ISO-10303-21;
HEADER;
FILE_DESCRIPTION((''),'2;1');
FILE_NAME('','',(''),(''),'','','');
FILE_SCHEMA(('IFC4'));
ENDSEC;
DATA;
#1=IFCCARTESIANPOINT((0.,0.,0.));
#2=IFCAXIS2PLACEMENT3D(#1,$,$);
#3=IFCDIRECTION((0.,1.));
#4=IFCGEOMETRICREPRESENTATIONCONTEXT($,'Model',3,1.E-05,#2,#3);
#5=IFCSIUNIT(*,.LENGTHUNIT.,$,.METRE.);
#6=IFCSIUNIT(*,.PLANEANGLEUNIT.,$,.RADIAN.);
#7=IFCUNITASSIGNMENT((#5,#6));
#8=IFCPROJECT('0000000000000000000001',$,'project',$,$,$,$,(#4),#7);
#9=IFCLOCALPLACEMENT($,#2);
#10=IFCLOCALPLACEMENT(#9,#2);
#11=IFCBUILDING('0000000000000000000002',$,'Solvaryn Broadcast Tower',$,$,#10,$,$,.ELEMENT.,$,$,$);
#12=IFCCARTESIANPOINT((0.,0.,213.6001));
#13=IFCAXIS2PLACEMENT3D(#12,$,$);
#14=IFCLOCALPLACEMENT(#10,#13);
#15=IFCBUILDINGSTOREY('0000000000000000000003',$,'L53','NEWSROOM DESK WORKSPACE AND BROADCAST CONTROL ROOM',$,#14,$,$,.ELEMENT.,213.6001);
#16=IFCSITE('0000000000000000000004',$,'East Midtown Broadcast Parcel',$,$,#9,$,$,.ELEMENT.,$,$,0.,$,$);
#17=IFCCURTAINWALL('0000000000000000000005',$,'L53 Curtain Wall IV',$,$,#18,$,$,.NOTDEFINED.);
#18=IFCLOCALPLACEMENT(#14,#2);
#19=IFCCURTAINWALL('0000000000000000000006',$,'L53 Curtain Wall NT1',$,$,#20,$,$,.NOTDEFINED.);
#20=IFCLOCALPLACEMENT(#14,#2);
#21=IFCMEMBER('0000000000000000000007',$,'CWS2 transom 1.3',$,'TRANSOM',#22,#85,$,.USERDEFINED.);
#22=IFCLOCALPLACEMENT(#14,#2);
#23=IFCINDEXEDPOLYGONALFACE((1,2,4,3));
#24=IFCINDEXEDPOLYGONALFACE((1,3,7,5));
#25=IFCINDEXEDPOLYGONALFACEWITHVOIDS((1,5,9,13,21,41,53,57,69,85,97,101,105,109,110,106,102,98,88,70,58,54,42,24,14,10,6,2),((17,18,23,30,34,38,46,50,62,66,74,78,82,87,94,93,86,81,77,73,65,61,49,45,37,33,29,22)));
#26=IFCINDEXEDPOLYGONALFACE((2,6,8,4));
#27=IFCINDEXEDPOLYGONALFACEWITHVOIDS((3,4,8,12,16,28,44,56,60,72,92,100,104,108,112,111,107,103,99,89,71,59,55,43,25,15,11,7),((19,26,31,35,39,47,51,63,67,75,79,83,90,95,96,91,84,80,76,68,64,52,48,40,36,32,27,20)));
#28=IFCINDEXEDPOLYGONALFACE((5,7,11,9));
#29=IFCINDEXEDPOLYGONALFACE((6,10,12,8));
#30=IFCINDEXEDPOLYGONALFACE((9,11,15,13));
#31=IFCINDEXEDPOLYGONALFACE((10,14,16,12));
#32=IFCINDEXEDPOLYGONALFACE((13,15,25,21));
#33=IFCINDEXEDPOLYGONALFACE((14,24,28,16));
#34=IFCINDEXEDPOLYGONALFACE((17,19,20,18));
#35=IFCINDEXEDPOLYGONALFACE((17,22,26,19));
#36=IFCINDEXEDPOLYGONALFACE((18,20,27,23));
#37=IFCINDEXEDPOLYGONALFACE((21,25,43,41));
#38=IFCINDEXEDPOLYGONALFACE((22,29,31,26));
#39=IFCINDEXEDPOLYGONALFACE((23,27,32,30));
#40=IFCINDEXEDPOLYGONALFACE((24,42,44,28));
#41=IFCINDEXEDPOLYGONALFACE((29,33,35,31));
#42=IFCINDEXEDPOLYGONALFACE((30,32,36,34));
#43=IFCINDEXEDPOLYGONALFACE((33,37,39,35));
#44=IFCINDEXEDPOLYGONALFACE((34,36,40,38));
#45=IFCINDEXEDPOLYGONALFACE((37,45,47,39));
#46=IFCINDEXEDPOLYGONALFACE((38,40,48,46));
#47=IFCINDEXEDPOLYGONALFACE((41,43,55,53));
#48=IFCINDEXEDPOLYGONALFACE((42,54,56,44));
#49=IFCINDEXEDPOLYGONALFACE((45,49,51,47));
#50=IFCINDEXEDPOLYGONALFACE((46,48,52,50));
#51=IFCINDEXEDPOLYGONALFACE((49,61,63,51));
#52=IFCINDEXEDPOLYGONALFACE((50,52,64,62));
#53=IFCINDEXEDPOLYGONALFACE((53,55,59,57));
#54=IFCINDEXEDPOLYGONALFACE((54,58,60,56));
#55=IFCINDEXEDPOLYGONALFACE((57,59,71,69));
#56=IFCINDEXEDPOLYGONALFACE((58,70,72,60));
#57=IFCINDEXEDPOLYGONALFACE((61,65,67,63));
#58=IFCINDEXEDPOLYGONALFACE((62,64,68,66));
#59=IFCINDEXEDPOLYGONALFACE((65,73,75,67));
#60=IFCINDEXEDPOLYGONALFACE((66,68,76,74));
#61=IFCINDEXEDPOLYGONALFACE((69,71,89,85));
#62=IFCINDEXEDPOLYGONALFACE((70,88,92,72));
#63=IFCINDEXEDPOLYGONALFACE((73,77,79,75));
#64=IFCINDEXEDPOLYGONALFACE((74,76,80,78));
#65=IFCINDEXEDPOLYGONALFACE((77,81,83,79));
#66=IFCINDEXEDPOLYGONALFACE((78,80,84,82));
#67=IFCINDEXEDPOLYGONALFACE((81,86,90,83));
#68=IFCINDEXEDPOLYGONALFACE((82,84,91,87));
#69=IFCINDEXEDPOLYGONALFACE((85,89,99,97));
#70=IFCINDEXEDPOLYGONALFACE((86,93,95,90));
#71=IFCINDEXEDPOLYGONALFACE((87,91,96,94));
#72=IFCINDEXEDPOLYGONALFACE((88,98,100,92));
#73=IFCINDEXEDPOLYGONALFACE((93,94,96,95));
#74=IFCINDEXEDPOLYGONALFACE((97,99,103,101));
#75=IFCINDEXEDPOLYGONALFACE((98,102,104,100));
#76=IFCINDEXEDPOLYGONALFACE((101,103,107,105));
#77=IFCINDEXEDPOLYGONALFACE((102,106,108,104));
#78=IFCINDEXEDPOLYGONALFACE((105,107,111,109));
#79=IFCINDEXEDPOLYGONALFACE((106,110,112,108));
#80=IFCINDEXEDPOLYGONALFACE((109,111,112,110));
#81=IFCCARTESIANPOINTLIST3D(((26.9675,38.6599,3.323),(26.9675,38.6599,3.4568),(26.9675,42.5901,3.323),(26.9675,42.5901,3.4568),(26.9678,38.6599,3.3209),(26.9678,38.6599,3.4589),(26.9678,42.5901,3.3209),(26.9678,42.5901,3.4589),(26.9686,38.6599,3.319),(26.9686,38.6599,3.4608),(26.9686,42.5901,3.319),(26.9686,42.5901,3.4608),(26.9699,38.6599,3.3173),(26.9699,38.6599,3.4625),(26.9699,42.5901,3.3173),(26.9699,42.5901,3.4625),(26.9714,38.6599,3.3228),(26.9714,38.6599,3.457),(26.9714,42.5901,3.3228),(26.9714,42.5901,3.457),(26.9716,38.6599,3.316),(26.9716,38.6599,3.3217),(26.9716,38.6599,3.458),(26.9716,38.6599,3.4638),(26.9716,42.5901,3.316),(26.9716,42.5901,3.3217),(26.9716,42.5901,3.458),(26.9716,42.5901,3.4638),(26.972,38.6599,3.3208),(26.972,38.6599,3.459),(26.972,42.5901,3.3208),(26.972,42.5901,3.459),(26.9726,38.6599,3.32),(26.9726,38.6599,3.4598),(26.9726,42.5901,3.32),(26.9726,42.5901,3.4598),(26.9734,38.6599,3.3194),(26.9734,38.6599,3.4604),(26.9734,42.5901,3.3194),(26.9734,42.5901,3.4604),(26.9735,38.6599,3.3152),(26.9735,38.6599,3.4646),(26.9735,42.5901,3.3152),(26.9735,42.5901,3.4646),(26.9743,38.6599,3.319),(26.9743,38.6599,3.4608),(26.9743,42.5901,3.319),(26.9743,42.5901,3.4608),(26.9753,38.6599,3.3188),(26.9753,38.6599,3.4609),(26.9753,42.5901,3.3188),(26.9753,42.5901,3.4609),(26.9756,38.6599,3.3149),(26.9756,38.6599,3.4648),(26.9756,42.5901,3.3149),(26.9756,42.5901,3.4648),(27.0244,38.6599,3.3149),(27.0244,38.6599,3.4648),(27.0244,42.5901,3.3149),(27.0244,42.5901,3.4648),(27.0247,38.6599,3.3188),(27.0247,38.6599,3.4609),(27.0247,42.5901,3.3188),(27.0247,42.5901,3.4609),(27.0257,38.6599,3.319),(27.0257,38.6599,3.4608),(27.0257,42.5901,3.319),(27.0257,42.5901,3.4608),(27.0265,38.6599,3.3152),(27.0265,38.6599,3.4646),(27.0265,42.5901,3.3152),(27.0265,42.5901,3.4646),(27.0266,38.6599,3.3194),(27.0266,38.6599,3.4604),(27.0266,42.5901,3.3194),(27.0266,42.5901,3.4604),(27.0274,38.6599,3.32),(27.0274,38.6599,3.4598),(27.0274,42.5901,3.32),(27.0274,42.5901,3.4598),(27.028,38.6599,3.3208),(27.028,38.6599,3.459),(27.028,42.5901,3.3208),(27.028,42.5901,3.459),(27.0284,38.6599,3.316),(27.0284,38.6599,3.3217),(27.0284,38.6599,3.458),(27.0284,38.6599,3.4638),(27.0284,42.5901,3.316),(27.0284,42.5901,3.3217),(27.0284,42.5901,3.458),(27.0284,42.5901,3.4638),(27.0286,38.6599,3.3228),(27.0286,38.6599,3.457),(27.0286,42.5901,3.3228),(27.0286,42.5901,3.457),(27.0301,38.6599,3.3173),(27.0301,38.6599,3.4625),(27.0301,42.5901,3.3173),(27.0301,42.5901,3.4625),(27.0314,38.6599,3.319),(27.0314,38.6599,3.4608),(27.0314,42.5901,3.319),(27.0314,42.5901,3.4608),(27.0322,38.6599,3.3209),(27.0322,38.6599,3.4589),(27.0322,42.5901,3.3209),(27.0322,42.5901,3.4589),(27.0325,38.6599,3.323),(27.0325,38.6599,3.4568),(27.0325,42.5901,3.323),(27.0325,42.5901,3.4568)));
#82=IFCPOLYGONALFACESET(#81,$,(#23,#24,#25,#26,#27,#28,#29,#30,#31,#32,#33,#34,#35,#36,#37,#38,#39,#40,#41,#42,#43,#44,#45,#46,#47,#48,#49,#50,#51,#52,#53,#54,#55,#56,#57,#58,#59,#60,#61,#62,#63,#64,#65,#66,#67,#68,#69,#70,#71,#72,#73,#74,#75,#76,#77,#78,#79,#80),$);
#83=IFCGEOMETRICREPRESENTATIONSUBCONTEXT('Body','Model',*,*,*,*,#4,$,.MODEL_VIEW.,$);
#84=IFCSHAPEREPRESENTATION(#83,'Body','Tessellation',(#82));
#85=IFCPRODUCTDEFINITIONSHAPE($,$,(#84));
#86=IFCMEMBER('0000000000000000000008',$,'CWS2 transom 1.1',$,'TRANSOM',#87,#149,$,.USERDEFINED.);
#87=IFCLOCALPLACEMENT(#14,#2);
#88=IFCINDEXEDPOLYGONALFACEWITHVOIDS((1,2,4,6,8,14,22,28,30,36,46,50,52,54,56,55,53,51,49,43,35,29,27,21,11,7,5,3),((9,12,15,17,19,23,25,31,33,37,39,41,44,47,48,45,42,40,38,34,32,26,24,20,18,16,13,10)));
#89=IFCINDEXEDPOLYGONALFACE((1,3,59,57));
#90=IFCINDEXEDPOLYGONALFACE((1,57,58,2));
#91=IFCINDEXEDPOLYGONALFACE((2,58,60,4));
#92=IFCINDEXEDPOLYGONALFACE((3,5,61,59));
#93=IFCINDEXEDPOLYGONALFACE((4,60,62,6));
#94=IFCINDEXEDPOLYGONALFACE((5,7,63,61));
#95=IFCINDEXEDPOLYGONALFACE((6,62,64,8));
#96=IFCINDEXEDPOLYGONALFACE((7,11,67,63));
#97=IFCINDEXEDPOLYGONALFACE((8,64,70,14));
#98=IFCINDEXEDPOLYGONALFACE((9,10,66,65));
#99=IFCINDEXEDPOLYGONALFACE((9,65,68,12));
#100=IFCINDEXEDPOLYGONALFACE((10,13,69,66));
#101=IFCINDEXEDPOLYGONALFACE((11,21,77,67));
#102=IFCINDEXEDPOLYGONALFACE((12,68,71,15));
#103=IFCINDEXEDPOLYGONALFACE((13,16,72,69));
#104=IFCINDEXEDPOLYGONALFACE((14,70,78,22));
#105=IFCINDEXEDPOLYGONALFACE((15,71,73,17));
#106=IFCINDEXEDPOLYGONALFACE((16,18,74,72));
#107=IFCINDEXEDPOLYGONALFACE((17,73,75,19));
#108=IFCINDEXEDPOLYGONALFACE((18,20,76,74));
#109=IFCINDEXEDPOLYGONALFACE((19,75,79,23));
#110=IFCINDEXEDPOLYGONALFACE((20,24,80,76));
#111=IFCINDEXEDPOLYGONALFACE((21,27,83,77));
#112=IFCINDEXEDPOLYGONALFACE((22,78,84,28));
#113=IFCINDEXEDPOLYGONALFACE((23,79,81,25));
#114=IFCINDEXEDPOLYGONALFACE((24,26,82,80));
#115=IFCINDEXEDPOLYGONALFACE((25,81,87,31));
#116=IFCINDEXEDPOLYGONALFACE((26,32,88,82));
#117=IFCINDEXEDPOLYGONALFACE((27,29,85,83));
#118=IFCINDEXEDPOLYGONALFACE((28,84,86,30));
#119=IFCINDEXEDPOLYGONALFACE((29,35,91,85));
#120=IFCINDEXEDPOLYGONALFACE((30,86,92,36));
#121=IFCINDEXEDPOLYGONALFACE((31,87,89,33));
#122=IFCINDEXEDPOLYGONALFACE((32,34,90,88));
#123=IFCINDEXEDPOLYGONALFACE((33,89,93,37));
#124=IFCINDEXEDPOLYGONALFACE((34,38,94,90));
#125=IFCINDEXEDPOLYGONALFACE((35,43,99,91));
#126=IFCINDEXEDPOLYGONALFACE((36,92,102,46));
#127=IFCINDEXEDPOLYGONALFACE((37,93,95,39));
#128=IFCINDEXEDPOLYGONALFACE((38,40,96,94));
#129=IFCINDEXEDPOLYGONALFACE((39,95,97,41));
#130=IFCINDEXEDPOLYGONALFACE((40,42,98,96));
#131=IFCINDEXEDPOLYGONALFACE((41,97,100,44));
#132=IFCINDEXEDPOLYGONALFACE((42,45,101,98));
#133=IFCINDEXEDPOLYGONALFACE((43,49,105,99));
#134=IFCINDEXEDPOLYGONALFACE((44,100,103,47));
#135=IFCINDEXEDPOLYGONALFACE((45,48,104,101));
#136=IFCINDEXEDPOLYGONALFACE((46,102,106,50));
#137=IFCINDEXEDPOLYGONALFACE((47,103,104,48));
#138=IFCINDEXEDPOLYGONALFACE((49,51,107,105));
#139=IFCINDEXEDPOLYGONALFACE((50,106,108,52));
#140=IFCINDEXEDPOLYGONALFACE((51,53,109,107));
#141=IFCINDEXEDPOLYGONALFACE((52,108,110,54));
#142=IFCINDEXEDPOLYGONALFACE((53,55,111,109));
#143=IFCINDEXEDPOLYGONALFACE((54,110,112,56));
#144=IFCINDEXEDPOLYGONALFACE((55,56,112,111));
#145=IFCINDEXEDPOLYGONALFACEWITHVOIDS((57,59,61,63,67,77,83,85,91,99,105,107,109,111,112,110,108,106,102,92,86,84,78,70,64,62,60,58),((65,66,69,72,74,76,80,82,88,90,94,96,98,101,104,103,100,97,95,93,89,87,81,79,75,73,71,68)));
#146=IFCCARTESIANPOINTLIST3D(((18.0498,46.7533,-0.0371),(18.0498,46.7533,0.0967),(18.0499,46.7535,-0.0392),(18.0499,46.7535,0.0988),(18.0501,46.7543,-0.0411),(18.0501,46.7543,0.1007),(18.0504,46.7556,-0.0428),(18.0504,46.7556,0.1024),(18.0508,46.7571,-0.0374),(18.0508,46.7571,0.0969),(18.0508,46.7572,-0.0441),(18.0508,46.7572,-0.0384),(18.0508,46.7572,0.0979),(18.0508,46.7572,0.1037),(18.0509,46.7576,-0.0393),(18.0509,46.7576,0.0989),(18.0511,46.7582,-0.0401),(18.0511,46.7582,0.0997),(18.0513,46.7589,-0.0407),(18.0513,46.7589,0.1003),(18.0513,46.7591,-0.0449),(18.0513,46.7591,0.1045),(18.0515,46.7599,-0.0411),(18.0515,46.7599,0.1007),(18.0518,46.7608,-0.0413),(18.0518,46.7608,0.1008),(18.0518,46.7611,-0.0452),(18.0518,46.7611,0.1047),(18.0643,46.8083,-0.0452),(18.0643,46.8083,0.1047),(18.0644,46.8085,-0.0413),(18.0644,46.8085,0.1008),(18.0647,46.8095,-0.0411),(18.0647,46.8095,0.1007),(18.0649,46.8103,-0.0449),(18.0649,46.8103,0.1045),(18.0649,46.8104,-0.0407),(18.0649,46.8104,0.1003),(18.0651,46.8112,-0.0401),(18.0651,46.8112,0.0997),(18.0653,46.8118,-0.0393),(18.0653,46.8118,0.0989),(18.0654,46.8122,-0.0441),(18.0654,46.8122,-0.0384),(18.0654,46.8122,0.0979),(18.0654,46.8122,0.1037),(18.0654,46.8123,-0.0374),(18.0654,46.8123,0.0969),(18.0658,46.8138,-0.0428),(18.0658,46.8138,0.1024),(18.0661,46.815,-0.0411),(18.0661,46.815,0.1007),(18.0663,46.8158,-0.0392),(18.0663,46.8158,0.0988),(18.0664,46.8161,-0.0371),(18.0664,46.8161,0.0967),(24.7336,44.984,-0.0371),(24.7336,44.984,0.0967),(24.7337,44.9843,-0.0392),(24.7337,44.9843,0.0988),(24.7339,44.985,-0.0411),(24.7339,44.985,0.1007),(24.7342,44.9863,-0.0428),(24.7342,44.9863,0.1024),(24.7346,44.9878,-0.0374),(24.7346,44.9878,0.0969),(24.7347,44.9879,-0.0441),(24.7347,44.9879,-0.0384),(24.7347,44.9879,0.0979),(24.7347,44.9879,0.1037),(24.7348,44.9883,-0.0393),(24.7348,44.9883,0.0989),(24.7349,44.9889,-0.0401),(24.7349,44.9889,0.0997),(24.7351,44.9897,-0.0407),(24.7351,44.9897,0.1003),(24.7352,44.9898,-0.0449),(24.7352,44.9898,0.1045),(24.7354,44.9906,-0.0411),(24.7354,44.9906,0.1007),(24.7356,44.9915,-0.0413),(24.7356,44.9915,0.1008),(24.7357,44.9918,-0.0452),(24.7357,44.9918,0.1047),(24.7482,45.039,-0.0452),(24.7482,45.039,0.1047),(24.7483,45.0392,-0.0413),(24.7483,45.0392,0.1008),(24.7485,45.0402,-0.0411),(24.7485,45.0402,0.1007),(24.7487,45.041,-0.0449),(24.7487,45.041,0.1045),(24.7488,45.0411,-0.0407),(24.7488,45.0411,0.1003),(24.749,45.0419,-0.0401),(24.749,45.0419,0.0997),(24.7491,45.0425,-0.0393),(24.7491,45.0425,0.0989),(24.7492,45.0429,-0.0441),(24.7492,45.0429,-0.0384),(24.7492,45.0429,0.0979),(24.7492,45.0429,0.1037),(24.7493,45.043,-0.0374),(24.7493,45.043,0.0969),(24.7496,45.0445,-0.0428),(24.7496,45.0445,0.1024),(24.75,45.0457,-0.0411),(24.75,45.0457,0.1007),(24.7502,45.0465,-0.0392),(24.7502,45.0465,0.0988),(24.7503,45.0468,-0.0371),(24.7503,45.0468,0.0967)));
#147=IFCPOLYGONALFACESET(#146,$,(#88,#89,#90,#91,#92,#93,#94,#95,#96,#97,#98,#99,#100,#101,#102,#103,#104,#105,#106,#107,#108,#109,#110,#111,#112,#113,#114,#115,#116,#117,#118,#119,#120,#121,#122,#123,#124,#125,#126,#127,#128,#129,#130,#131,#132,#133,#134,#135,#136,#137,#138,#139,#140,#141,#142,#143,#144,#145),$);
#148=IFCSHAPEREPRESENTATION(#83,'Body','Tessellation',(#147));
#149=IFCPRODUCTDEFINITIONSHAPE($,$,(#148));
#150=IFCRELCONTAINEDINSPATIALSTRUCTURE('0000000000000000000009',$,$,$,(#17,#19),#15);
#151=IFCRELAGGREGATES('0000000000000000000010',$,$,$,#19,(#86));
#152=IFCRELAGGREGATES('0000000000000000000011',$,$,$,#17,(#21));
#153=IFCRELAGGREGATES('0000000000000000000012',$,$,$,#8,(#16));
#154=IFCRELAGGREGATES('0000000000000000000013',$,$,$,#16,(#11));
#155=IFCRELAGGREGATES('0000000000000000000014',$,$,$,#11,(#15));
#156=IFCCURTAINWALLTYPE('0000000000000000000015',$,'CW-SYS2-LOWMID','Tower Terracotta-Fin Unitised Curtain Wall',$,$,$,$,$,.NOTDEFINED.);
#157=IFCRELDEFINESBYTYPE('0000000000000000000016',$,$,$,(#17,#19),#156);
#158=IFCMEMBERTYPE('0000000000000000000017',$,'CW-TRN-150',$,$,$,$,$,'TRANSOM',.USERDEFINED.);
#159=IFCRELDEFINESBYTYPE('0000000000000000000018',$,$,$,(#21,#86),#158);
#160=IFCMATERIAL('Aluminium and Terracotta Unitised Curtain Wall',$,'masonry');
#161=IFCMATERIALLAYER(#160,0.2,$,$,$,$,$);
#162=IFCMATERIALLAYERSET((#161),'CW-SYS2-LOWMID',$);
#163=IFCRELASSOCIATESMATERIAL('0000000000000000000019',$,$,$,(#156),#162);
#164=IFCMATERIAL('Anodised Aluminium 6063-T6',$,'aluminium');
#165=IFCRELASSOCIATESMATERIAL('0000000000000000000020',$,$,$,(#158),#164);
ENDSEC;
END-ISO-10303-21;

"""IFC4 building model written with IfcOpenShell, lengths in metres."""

from ifc_helpers import new_model, si_unit, direction, frame, origin, origin_2d, place, context, subcontext, project, spatial, hollow_rectangle, extrude, material, layer, layer_set, material_profile, profile_set, type_object, element, aggregate, save


model = new_model("IFC4")

# Units and contexts
model_context = context("Model", 3, precision=1e-05, world=origin(), true_north=direction((0.0, 1.0)))
body_context = subcontext(model_context, "Body", "Model", "MODEL_VIEW")
ifc_project = project(units=[si_unit("LENGTHUNIT", "METRE"), si_unit("PLANEANGLEUNIT", "RADIAN")], contexts=[model_context])

# Site, building, storey
site_placement = place(None, origin())
site = spatial("IfcSite", under=ifc_project, at=site_placement, Name="East Midtown Broadcast Parcel", CompositionType="ELEMENT", RefElevation=0.0)
building_placement = place(site_placement, origin())
building = spatial("IfcBuilding", under=site, at=building_placement, Name="Solvaryn Broadcast Tower", CompositionType="ELEMENT")
storey_placement = place(building_placement, frame((0.0, 0.0, 213.6001)))
storey = spatial("IfcBuildingStorey", under=building, at=storey_placement, Name="L53", Description="NEWSROOM DESK WORKSPACE AND BROADCAST CONTROL ROOM", CompositionType="ELEMENT", Elevation=213.6001)

# Curtain wall
ifc_material_1 = material(Name="Aluminium and Terracotta Unitised Curtain Wall", Category="masonry")
ifc_layer_1 = layer(ifc_material_1, 0.2)
ifc_layer_set_1 = layer_set([ifc_layer_1], Name="CW-SYS2-LOWMID")
curtain_wall_type = type_object("IfcCurtainWallType", Name="CW-SYS2-LOWMID", Description="Tower Terracotta-Fin Unitised Curtain Wall", PredefinedType="NOTDEFINED", material=ifc_layer_set_1)
curtain_wall_1_placement = place(storey_placement, origin())
curtain_wall_1 = element("IfcCurtainWall", 1, at=curtain_wall_1_placement, inside=storey, type_object=curtain_wall_type, Name="L53 Curtain Wall IV", PredefinedType="NOTDEFINED")

# Curtain wall
curtain_wall_2_placement = place(storey_placement, origin())
curtain_wall_2 = element("IfcCurtainWall", 2, at=curtain_wall_2_placement, inside=storey, type_object=curtain_wall_type, Name="L53 Curtain Wall NT1", PredefinedType="NOTDEFINED")

# Members
ifc_material_2 = material(Name="Anodised Aluminium 6063-T6", Category="aluminium")
ifc_material_profile_1 = material_profile(ifc_material_2, hollow_rectangle(XDim=0.0649, YDim=0.1499, WallThickness=0.0039, InnerFilletRadius=0.0039, OuterFilletRadius=0.0081, at=origin_2d()))
ifc_profile_set_1 = profile_set([ifc_material_profile_1], Name="Anodised Aluminium 6063-T6")
member_type_1 = type_object("IfcMemberType", Name="CW-TRN-150", ElementType="TRANSOM", PredefinedType="USERDEFINED", material=ifc_profile_set_1)
member_1_placement = place(storey_placement, frame((27.0, 42.5901, 3.3899), z_axis=(0.0, -1.0, 0.0), x_axis=(1.0, 0.0, 0.0)))
member_1 = element("IfcMember", 3, at=member_1_placement, type_object=member_type_1, Name="CWS2 transom 1.3", ObjectType="TRANSOM", PredefinedType="USERDEFINED", context=body_context, shape_type="SweptSolid", body=[
    extrude(hollow_rectangle(XDim=0.0649, YDim=0.1499, WallThickness=0.0039, InnerFilletRadius=0.0039, OuterFilletRadius=0.0081, at=origin_2d()), origin(), (0.0, 0.0, 1.0), 3.9302),
])
member_2_placement = place(storey_placement, frame((24.7419, 45.0154, 0.0298), z_axis=(-0.966704, 0.255897, 0.0), x_axis=(-0.255897, -0.966704, 0.0)))
member_2 = element("IfcMember", 4, at=member_2_placement, type_object=member_type_1, Name="CWS2 transom 1.1", ObjectType="TRANSOM", PredefinedType="USERDEFINED", context=body_context, shape_type="SweptSolid", body=[
    extrude(hollow_rectangle(XDim=0.0649, YDim=0.1499, WallThickness=0.0039, InnerFilletRadius=0.0039, OuterFilletRadius=0.0081, at=origin_2d()), origin(), (0.0, 0.0, 1.0), 6.9141),
])
aggregate(curtain_wall_2, [member_2])

aggregate(curtain_wall_1, [member_1])

save(model, "model.ifc")
